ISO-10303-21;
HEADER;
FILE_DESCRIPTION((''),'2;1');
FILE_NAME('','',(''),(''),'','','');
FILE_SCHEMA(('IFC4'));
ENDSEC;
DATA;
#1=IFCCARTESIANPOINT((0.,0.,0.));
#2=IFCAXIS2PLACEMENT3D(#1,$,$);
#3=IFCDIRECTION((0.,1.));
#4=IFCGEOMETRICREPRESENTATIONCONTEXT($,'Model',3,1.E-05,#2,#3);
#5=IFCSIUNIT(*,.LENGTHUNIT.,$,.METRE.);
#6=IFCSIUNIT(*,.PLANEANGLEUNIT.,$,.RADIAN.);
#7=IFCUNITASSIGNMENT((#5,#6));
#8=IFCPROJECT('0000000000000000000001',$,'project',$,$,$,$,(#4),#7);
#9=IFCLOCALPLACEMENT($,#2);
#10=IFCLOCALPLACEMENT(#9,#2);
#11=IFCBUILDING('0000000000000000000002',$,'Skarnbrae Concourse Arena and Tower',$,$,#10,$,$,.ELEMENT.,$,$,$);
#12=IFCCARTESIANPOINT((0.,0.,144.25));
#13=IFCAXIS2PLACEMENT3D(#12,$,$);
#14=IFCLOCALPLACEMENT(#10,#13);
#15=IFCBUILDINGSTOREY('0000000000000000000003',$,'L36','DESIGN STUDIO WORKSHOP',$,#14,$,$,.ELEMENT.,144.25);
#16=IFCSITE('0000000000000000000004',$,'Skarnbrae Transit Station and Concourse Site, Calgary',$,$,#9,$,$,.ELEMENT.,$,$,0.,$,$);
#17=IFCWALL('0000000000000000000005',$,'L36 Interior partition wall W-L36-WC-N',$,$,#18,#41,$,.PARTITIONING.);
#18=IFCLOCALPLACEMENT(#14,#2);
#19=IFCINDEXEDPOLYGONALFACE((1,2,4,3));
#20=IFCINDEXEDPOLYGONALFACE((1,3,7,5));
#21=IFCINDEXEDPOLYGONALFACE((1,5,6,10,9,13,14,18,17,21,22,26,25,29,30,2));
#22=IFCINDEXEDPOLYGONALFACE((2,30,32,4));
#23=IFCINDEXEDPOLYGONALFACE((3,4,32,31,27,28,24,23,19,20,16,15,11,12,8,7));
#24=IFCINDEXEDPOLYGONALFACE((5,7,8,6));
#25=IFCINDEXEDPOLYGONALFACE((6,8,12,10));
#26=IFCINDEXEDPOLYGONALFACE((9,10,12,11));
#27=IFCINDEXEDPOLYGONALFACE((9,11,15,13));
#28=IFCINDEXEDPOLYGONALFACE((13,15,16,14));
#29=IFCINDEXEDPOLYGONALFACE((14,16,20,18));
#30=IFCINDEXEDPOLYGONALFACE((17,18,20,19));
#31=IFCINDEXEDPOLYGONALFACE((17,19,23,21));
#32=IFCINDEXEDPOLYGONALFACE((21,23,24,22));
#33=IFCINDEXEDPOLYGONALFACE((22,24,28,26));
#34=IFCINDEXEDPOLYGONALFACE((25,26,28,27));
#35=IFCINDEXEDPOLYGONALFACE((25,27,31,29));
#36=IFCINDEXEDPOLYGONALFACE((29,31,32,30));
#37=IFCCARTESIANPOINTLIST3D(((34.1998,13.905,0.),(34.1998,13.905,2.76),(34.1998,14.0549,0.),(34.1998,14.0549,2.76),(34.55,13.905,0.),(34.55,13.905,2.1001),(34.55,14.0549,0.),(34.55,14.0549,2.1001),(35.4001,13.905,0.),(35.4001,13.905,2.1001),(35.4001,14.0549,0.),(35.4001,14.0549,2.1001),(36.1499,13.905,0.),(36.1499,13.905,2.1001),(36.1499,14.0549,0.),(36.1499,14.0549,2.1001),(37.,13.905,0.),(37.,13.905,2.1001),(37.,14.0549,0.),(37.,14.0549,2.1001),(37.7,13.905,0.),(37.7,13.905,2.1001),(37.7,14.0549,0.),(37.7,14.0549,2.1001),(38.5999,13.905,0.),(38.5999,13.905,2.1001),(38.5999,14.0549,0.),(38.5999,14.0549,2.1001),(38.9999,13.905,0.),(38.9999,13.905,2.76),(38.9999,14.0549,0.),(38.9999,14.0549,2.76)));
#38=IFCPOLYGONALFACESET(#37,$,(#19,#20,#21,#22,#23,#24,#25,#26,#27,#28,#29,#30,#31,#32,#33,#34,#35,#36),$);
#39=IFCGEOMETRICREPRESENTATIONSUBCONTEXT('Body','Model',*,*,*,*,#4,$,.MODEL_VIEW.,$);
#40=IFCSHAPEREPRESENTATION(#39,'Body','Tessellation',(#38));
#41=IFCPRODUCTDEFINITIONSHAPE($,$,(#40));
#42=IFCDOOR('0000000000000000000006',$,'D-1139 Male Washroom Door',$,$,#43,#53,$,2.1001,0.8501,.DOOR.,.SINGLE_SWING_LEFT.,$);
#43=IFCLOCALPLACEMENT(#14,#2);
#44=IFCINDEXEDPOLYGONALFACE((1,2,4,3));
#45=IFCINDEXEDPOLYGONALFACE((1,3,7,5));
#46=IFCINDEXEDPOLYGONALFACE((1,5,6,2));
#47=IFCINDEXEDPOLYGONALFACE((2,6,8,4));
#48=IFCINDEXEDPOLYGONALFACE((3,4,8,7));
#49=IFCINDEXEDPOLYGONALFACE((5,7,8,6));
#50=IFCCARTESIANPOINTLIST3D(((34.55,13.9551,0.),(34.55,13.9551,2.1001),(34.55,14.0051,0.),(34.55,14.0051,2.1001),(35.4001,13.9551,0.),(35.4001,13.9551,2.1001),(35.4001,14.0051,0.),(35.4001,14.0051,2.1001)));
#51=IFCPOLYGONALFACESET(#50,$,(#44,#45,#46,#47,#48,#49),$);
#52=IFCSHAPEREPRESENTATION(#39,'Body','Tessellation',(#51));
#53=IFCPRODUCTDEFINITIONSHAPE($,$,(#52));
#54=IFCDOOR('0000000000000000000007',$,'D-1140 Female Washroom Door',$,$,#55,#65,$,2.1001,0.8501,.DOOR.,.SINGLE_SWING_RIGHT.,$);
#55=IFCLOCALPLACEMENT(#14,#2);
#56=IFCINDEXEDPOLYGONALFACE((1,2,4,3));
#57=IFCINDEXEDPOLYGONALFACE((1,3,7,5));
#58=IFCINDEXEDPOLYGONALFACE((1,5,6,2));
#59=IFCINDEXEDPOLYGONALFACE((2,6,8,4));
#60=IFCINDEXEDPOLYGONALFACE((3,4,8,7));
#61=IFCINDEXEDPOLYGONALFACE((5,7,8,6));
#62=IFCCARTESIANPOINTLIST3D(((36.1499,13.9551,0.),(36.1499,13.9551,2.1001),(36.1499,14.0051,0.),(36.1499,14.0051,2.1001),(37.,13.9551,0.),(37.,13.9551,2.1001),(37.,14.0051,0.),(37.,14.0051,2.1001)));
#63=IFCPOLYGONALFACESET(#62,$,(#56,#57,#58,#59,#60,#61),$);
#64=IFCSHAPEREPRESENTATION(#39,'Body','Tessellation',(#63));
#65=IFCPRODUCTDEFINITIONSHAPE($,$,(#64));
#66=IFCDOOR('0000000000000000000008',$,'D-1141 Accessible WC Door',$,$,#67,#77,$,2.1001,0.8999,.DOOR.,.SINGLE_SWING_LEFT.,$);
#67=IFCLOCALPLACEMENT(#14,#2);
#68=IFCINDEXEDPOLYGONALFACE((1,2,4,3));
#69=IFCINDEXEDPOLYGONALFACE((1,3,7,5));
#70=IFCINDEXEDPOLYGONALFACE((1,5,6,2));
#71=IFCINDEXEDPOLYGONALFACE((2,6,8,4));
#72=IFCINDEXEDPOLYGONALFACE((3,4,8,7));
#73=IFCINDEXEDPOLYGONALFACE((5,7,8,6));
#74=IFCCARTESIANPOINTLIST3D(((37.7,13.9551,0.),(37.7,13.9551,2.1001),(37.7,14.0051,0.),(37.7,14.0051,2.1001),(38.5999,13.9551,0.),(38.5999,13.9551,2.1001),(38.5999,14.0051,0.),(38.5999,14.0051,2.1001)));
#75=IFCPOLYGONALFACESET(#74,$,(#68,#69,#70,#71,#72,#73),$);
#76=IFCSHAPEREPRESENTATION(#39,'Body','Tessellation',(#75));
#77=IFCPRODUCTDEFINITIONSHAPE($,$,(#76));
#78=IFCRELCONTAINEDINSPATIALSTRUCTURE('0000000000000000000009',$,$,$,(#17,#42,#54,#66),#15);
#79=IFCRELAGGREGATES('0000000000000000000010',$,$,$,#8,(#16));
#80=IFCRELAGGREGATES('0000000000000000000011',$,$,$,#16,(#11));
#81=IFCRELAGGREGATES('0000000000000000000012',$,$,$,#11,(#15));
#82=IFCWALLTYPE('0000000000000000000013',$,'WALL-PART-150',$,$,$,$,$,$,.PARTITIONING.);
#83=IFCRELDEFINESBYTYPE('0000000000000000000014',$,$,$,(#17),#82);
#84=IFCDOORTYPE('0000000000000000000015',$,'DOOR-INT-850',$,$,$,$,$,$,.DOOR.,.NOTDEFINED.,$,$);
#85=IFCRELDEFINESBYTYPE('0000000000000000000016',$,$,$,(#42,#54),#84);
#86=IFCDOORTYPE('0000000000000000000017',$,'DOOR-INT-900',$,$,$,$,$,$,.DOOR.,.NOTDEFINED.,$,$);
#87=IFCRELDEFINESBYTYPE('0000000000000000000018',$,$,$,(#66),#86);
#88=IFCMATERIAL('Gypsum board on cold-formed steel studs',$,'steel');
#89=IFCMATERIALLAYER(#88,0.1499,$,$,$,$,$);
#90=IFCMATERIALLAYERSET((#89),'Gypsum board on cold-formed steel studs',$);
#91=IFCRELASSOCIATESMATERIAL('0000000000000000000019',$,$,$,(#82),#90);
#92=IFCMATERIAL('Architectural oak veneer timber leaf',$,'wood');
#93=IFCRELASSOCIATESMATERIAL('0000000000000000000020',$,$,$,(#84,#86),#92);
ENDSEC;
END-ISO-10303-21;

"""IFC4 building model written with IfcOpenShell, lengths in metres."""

from ifc_helpers import new_model, si_unit, direction, frame, frame_2d, origin, place, context, subcontext, project, spatial, rectangle, extrude, source, transform, mapped, material, layer, layer_set, type_object, element, fill, save


model = new_model("IFC4")

# Units and contexts
model_context = context("Model", 3, precision=1e-05, world=origin(), true_north=direction((0.0, 1.0)))
body_context = subcontext(model_context, "Body", "Model", "MODEL_VIEW")
ifc_project = project(units=[si_unit("LENGTHUNIT", "METRE"), si_unit("PLANEANGLEUNIT", "RADIAN")], contexts=[model_context])

# Site, building, storey
site_placement = place(None, origin())
site = spatial("IfcSite", under=ifc_project, at=site_placement, Name="Skarnbrae Transit Station and Concourse Site, Calgary", CompositionType="ELEMENT", RefElevation=0.0)
building_placement = place(site_placement, origin())
building = spatial("IfcBuilding", under=site, at=building_placement, Name="Skarnbrae Concourse Arena and Tower", CompositionType="ELEMENT")
storey_placement = place(building_placement, frame((0.0, 0.0, 144.25)))
storey = spatial("IfcBuildingStorey", under=building, at=storey_placement, Name="L36", Description="DESIGN STUDIO WORKSHOP", CompositionType="ELEMENT", Elevation=144.25)

# Shared definitions
ifc_material_1 = material(Name="Gypsum board on cold-formed steel studs", Category="steel")
ifc_layer_1 = layer(ifc_material_1, 0.1499)
ifc_layer_set_1 = layer_set([ifc_layer_1], Name="Gypsum board on cold-formed steel studs")
wall_type_1 = type_object("IfcWallType", Name="WALL-PART-150", PredefinedType="PARTITIONING", material=ifc_layer_set_1)

# Wall, openings, doors
shared_shape_1 = source(origin(), body_context, "Body", "SweptSolid", [
    extrude(rectangle(XDim=4.8, YDim=0.1499, at=frame_2d((2.3999, 0.0))), origin(), (0.0, 0.0, 1.0), 2.76),
])
wall_1_placement = place(storey_placement, frame((34.2, 13.98, 0.0), z_axis=(0.0, 0.0, 1.0), x_axis=(1.0, 0.0, 0.0)))
wall_1 = element("IfcWall", 1, at=wall_1_placement, inside=storey, type_object=wall_type_1, Name="L36 Interior partition wall W-L36-WC-N", PredefinedType="PARTITIONING", context=body_context, shape_type="MappedRepresentation", body=[
    mapped(shared_shape_1, transform((0.0, 0.0, 0.0))),
])
opening_1_placement = place(wall_1_placement, frame((0.3501, 0.0, 0.0)))
opening_1 = element("IfcOpeningElement", 2, at=opening_1_placement, cuts=wall_1, PredefinedType="OPENING", context=body_context, shape_type="SweptSolid", body=[
    extrude(rectangle(XDim=0.8501, YDim=2.1001, at=frame_2d((0.425, 1.05))), frame((0.0, 0.085, 0.0), z_axis=(0.0, -1.0, 0.0), x_axis=(1.0, 0.0, 0.0)), (0.0, 0.0, 1.0), 0.1699),
])
opening_2_placement = place(wall_1_placement, frame((1.95, 0.0, 0.0)))
opening_2 = element("IfcOpeningElement", 3, at=opening_2_placement, cuts=wall_1, PredefinedType="OPENING", context=body_context, shape_type="SweptSolid", body=[
    extrude(rectangle(XDim=0.8501, YDim=2.1001, at=frame_2d((0.425, 1.05))), frame((0.0, 0.085, 0.0), z_axis=(0.0, -1.0, 0.0), x_axis=(1.0, 0.0, 0.0)), (0.0, 0.0, 1.0), 0.1699),
])
opening_3_placement = place(wall_1_placement, frame((3.5, 0.0, 0.0)))
opening_3 = element("IfcOpeningElement", 4, at=opening_3_placement, cuts=wall_1, PredefinedType="OPENING", context=body_context, shape_type="SweptSolid", body=[
    extrude(rectangle(XDim=0.8999, YDim=2.1001, at=frame_2d((0.45, 1.05))), frame((0.0, 0.085, 0.0), z_axis=(0.0, -1.0, 0.0), x_axis=(1.0, 0.0, 0.0)), (0.0, 0.0, 1.0), 0.1699),
])
ifc_material_2 = material(Name="Architectural oak veneer timber leaf", Category="wood")
door_type_1 = type_object("IfcDoorType", Name="DOOR-INT-850", OperationType="NOTDEFINED", PredefinedType="DOOR", material=ifc_material_2)
shared_shape_2 = source(origin(), body_context, "Body", "SweptSolid", [
    extrude(rectangle(XDim=0.8501, YDim=2.1001, at=frame_2d((0.425, 1.05))), frame((0.0, 0.0249, 0.0), z_axis=(0.0, -1.0, 0.0), x_axis=(1.0, 0.0, 0.0)), (0.0, 0.0, 1.0), 0.05),
])
door_1_placement = place(opening_1_placement, frame((0.8501, 0.0, 0.0), z_axis=(0.0, 0.0, 1.0), x_axis=(-1.0, 0.0, 0.0)))
door_1 = element("IfcDoor", 5, at=door_1_placement, inside=storey, type_object=door_type_1, Name="D-1139 Male Washroom Door", OperationType="SINGLE_SWING_LEFT", OverallHeight=2.1001, OverallWidth=0.8501, PredefinedType="DOOR", context=body_context, shape_type="MappedRepresentation", body=[
    mapped(shared_shape_2, transform((0.0, 0.0, 0.0))),
])
fill(opening_1, door_1)
door_2_placement = place(opening_2_placement, frame((0.8501, 0.0, 0.0), z_axis=(0.0, 0.0, 1.0), x_axis=(-1.0, 0.0, 0.0)))
door_2 = element("IfcDoor", 6, at=door_2_placement, inside=storey, type_object=door_type_1, Name="D-1140 Female Washroom Door", OperationType="SINGLE_SWING_RIGHT", OverallHeight=2.1001, OverallWidth=0.8501, PredefinedType="DOOR", context=body_context, shape_type="MappedRepresentation", body=[
    mapped(shared_shape_2, transform((0.0, 0.0, 0.0))),
])
fill(opening_2, door_2)
door_type_2 = type_object("IfcDoorType", Name="DOOR-INT-900", OperationType="NOTDEFINED", PredefinedType="DOOR", material=ifc_material_2)
shared_shape_3 = source(origin(), body_context, "Body", "SweptSolid", [
    extrude(rectangle(XDim=0.8999, YDim=2.1001, at=frame_2d((0.45, 1.05))), frame((0.0, 0.0249, 0.0), z_axis=(0.0, -1.0, 0.0), x_axis=(1.0, 0.0, 0.0)), (0.0, 0.0, 1.0), 0.05),
])
door_3_placement = place(opening_3_placement, frame((0.8999, 0.0, 0.0), z_axis=(0.0, 0.0, 1.0), x_axis=(-1.0, 0.0, 0.0)))
door_3 = element("IfcDoor", 7, at=door_3_placement, inside=storey, type_object=door_type_2, Name="D-1141 Accessible WC Door", OperationType="SINGLE_SWING_LEFT", OverallHeight=2.1001, OverallWidth=0.8999, PredefinedType="DOOR", context=body_context, shape_type="MappedRepresentation", body=[
    mapped(shared_shape_3, transform((0.0, 0.0, 0.0))),
])
fill(opening_3, door_3)

save(model, "model.ifc")
